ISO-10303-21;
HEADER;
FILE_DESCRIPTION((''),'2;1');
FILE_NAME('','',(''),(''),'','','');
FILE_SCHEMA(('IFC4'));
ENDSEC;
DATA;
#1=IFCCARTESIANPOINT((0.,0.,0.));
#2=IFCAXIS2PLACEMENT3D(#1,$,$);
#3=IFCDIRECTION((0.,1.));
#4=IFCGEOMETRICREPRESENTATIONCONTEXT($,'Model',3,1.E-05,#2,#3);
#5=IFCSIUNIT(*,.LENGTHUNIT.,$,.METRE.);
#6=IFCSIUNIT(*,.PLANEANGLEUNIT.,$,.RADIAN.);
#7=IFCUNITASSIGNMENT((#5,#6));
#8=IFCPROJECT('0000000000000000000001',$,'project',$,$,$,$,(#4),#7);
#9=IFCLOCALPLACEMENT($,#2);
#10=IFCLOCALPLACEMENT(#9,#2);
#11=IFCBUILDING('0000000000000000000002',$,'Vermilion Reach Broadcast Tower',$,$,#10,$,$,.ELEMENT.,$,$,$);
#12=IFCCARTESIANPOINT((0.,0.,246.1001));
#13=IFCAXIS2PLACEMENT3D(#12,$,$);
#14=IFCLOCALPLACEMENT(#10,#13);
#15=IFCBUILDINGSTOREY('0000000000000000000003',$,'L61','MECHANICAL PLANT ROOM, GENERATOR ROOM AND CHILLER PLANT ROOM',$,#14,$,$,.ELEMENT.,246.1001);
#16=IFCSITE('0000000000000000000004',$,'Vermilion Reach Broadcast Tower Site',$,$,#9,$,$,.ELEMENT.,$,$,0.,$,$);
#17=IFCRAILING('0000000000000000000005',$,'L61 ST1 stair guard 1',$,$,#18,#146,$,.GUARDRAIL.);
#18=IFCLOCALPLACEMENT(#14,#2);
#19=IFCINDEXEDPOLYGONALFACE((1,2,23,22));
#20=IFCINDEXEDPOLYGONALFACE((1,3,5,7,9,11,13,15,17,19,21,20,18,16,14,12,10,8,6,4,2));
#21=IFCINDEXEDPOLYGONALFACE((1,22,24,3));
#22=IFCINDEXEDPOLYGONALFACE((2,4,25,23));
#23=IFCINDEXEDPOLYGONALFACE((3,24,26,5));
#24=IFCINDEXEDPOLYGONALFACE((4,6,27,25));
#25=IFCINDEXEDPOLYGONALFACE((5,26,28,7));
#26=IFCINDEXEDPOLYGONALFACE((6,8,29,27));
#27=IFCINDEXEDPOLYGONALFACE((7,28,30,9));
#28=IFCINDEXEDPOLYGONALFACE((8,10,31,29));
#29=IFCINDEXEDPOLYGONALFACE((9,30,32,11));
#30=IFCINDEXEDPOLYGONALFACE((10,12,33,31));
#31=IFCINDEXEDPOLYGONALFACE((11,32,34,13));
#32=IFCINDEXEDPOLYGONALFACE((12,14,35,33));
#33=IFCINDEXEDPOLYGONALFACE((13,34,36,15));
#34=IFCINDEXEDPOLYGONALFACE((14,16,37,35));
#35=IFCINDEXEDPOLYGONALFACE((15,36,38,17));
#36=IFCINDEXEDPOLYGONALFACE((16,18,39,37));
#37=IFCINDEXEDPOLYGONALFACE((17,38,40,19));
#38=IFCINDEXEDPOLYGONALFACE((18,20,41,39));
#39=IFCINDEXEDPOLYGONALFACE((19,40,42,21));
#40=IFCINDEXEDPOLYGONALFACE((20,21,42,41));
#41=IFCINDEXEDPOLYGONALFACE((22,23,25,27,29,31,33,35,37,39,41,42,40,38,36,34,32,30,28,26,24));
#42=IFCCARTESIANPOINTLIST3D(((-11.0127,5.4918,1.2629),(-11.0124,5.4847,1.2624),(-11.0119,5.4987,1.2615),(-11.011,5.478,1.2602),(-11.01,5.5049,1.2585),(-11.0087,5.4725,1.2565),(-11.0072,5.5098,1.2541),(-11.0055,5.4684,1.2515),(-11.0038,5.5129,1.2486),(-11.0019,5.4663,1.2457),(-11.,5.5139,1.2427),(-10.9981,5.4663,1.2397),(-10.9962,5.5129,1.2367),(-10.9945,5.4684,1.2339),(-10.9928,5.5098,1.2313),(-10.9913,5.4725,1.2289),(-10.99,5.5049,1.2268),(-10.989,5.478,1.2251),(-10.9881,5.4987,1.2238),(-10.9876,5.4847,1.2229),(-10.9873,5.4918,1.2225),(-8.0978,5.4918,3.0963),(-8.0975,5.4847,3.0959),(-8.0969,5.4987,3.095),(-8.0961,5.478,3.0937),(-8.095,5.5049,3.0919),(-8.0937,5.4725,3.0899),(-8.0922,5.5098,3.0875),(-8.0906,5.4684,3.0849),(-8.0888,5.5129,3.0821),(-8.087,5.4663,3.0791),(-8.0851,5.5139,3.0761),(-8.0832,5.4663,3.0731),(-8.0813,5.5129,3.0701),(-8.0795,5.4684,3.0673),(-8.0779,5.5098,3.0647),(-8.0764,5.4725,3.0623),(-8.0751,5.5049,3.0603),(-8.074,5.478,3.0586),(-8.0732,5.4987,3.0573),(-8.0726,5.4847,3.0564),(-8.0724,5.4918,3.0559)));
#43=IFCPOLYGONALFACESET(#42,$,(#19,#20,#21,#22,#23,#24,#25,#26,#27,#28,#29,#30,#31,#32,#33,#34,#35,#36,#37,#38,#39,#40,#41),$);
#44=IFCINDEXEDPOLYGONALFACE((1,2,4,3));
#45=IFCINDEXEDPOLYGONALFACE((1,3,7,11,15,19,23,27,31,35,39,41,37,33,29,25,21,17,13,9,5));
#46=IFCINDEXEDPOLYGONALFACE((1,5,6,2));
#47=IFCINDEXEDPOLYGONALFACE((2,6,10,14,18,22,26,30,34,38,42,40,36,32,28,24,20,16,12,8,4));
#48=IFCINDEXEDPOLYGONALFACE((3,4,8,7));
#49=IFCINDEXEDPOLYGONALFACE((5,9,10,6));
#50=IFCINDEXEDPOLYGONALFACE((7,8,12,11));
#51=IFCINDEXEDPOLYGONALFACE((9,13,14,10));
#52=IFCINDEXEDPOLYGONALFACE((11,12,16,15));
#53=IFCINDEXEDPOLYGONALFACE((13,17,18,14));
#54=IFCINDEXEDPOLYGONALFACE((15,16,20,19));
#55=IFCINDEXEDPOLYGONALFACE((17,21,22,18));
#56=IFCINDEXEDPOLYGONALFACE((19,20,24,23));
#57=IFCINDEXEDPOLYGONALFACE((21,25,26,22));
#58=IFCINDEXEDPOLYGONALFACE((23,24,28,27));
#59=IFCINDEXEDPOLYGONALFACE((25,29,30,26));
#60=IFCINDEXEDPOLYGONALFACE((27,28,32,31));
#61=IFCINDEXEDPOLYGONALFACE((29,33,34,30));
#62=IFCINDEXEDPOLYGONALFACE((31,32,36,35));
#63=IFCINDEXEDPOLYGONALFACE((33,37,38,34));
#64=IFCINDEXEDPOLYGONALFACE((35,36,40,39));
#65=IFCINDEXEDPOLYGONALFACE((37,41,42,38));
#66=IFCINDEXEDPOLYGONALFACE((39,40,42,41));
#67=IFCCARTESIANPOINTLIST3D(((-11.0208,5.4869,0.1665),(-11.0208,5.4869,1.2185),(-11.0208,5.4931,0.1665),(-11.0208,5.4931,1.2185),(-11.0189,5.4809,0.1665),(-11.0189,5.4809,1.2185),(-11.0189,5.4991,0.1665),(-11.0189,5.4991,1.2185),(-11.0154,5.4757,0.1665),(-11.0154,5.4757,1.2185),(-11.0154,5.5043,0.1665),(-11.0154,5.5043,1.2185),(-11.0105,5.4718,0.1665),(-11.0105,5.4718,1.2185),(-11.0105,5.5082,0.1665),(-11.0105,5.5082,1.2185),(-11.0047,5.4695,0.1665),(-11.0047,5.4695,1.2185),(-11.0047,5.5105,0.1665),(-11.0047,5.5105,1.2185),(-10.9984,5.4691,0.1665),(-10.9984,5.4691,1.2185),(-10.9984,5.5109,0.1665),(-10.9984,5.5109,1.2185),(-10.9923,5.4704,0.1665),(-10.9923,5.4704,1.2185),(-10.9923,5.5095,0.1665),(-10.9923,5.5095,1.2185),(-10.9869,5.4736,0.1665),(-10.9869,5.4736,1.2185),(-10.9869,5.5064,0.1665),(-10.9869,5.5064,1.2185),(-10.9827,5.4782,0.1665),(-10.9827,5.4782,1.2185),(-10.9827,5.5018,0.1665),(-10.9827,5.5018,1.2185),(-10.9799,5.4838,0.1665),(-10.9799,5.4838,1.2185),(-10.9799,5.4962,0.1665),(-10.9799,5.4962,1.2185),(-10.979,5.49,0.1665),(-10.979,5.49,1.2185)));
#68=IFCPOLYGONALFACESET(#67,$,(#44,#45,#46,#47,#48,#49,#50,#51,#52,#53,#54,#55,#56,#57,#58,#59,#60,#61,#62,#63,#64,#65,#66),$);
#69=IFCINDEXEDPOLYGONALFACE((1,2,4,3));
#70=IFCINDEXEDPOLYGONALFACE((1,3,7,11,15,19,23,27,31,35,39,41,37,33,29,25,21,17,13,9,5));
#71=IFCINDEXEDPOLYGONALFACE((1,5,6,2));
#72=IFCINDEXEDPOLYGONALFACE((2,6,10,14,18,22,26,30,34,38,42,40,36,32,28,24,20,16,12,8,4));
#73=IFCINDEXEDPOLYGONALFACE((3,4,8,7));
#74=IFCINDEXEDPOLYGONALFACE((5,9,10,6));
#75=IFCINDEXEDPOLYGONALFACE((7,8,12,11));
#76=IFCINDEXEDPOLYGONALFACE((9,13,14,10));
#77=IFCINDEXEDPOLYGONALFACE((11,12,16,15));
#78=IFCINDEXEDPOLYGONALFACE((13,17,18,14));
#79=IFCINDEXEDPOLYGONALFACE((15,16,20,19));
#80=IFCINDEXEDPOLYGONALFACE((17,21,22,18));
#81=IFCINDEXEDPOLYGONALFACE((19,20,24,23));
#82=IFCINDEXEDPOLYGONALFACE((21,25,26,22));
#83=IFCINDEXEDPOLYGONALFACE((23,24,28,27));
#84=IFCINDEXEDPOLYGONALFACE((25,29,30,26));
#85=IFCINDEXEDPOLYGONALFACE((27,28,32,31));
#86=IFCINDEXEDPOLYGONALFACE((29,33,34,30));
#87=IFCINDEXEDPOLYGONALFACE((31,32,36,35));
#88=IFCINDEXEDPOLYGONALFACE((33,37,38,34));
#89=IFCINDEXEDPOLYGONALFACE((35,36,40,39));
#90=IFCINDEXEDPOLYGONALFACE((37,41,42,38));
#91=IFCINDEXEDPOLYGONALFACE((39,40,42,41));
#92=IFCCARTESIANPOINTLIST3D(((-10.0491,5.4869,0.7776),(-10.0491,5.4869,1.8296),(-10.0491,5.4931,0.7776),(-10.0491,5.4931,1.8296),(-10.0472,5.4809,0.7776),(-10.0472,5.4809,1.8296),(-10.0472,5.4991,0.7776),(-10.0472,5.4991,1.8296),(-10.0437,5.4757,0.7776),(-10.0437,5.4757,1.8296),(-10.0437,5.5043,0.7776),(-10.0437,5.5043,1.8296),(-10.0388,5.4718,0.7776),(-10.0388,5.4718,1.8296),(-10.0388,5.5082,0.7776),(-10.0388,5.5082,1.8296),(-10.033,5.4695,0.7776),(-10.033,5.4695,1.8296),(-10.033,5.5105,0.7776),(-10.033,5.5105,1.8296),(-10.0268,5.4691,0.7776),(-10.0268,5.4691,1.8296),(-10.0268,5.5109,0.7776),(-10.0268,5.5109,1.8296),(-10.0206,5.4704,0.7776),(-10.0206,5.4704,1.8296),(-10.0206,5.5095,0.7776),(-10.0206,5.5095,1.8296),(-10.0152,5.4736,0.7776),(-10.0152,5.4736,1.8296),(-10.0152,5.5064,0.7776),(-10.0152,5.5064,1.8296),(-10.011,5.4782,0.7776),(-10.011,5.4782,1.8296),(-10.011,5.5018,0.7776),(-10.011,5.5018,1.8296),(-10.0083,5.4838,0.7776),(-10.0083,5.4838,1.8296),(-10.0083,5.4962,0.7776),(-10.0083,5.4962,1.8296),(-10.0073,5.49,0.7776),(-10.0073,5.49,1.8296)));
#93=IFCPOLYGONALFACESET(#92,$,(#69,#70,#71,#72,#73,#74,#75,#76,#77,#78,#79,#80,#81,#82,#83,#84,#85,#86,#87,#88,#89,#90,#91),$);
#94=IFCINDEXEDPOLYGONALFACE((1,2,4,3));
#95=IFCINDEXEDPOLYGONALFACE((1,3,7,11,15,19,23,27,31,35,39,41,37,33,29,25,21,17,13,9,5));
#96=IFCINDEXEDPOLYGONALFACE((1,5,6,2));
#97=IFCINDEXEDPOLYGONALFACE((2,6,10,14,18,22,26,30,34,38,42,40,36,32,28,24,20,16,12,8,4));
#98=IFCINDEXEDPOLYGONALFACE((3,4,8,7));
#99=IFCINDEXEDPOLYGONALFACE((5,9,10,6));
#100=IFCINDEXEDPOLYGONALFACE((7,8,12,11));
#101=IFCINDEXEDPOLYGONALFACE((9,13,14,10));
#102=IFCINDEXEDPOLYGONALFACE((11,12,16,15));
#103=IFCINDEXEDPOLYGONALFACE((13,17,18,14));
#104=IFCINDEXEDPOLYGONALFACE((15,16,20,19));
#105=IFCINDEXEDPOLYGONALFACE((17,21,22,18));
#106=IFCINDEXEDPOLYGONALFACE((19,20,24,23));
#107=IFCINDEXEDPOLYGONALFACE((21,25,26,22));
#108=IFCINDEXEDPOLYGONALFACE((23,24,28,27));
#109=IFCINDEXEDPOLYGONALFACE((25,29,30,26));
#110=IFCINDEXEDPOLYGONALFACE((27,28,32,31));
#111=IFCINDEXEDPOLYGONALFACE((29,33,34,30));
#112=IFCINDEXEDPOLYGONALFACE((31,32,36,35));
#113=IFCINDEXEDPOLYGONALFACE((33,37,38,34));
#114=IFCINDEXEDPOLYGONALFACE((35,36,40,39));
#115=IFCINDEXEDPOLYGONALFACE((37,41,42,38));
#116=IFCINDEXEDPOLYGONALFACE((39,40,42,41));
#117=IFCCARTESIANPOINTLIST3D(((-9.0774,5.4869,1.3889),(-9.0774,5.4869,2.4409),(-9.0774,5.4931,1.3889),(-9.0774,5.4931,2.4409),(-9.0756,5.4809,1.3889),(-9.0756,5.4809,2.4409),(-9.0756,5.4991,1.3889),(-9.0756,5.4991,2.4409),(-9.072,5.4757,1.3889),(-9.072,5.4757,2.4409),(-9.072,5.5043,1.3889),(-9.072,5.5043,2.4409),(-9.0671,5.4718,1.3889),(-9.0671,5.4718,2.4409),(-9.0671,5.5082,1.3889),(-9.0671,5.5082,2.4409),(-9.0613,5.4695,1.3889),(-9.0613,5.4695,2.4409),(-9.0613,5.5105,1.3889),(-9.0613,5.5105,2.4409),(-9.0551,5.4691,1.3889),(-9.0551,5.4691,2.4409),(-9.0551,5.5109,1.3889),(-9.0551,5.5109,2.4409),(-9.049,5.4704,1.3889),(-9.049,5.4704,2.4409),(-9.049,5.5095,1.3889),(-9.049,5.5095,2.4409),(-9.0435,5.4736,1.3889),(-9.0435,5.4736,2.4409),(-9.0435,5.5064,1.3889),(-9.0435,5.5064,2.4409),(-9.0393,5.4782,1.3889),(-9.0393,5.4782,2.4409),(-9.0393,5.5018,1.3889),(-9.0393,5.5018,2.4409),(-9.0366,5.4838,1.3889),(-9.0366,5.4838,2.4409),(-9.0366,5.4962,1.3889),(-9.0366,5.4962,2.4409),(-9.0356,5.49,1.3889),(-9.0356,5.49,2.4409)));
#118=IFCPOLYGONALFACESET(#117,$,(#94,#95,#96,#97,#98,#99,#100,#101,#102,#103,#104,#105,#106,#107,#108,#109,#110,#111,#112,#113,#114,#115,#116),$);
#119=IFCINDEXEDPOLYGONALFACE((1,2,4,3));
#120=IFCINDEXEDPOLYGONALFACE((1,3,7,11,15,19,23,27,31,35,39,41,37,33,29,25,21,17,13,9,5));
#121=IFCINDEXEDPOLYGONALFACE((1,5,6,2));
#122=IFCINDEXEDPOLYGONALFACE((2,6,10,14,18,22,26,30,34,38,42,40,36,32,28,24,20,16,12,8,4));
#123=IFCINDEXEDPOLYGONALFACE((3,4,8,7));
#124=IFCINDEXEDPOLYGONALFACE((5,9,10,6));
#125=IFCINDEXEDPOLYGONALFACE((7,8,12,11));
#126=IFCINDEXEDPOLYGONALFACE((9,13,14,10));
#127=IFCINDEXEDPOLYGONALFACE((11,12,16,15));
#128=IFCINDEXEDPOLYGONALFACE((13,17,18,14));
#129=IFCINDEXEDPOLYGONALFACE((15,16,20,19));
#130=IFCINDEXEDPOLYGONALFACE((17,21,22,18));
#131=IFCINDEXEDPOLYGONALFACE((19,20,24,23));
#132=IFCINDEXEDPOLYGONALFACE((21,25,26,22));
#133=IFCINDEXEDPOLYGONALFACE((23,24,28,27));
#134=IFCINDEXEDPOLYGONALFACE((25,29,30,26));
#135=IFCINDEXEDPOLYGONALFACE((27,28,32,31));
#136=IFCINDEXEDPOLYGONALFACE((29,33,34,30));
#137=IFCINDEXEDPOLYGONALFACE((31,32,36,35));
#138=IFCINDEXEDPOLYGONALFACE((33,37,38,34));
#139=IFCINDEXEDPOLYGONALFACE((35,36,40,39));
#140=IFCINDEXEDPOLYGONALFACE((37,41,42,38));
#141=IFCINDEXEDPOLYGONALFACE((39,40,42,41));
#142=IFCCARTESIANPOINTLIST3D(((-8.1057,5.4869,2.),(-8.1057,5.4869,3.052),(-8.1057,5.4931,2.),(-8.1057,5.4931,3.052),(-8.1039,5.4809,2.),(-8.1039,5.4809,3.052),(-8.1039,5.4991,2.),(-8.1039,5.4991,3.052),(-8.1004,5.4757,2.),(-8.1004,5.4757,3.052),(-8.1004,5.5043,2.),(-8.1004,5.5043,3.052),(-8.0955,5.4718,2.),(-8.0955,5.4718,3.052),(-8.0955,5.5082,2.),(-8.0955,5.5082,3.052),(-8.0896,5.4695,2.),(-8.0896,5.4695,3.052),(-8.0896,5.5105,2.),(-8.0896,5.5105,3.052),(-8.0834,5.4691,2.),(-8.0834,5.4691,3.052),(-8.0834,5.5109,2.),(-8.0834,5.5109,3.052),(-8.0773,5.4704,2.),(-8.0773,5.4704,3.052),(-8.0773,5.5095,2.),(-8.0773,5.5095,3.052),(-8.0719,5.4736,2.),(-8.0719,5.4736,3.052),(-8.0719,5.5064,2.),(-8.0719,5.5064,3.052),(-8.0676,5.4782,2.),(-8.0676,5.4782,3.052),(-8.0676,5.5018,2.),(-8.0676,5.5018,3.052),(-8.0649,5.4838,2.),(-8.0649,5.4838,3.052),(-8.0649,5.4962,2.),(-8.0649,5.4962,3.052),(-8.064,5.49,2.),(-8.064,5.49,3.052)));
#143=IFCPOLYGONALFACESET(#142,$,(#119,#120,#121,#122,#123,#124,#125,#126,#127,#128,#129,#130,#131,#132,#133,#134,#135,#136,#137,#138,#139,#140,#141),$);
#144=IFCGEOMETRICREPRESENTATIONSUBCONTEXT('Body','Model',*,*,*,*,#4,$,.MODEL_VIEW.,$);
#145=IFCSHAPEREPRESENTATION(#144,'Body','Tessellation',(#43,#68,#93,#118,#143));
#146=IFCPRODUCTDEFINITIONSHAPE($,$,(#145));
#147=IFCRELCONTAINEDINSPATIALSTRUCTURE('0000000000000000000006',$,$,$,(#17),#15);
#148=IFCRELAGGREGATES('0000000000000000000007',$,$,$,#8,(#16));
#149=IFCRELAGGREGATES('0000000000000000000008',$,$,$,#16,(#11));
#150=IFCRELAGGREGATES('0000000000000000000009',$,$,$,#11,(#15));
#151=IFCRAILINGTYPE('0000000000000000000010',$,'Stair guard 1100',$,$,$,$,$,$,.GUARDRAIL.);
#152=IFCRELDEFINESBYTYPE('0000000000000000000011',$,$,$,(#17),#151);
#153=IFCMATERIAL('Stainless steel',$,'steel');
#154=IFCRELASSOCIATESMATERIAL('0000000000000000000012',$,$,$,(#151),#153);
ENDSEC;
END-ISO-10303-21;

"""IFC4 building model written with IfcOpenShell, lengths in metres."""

from ifc_helpers import new_model, si_unit, direction, frame, origin, origin_2d, place, context, subcontext, project, spatial, circle, extrude, material, type_object, element, save


model = new_model("IFC4")

# Units and contexts
model_context = context("Model", 3, precision=1e-05, world=origin(), true_north=direction((0.0, 1.0)))
body_context = subcontext(model_context, "Body", "Model", "MODEL_VIEW")
ifc_project = project(units=[si_unit("LENGTHUNIT", "METRE"), si_unit("PLANEANGLEUNIT", "RADIAN")], contexts=[model_context])

# Site, building, storey
site_placement = place(None, origin())
site = spatial("IfcSite", under=ifc_project, at=site_placement, Name="Vermilion Reach Broadcast Tower Site", CompositionType="ELEMENT", RefElevation=0.0)
building_placement = place(site_placement, origin())
building = spatial("IfcBuilding", under=site, at=building_placement, Name="Vermilion Reach Broadcast Tower", CompositionType="ELEMENT")
storey_placement = place(building_placement, frame((0.0, 0.0, 246.1001)))
storey = spatial("IfcBuildingStorey", under=building, at=storey_placement, Name="L61", Description="MECHANICAL PLANT ROOM, GENERATOR ROOM AND CHILLER PLANT ROOM", CompositionType="ELEMENT", Elevation=246.1001)

# Railing
ifc_material_1 = material(Name="Stainless steel", Category="steel")
railing_type_1 = type_object("IfcRailingType", Name="Stair guard 1100", PredefinedType="GUARDRAIL", material=ifc_material_1)
railing_1_placement = place(storey_placement, frame((-11.0, 5.49, 0.1665)))
element("IfcRailing", 1, at=railing_1_placement, inside=storey, type_object=railing_type_1, Name="L61 ST1 stair guard 1", PredefinedType="GUARDRAIL", context=body_context, shape_type="SweptSolid", body=[
    extrude(circle(Radius=0.0239, at=origin_2d()), frame((0.0, 0.0, 1.0762), z_axis=(0.846481, 0.0, 0.532418), x_axis=(0.0, 1.0, 0.0)), (0.0, 0.0, 1.0), 3.4436),
    extrude(circle(Radius=0.021, at=origin_2d()), origin(), (0.0, 0.0, 1.0), 1.052),
    extrude(circle(Radius=0.021, at=origin_2d()), frame((0.9717, 0.0, 0.6111)), (0.0, 0.0, 1.0), 1.052),
    extrude(circle(Radius=0.021, at=origin_2d()), frame((1.9434, 0.0, 1.2224)), (0.0, 0.0, 1.0), 1.052),
    extrude(circle(Radius=0.021, at=origin_2d()), frame((2.915, 0.0, 1.8335)), (0.0, 0.0, 1.0), 1.052),
])

save(model, "model.ifc")
